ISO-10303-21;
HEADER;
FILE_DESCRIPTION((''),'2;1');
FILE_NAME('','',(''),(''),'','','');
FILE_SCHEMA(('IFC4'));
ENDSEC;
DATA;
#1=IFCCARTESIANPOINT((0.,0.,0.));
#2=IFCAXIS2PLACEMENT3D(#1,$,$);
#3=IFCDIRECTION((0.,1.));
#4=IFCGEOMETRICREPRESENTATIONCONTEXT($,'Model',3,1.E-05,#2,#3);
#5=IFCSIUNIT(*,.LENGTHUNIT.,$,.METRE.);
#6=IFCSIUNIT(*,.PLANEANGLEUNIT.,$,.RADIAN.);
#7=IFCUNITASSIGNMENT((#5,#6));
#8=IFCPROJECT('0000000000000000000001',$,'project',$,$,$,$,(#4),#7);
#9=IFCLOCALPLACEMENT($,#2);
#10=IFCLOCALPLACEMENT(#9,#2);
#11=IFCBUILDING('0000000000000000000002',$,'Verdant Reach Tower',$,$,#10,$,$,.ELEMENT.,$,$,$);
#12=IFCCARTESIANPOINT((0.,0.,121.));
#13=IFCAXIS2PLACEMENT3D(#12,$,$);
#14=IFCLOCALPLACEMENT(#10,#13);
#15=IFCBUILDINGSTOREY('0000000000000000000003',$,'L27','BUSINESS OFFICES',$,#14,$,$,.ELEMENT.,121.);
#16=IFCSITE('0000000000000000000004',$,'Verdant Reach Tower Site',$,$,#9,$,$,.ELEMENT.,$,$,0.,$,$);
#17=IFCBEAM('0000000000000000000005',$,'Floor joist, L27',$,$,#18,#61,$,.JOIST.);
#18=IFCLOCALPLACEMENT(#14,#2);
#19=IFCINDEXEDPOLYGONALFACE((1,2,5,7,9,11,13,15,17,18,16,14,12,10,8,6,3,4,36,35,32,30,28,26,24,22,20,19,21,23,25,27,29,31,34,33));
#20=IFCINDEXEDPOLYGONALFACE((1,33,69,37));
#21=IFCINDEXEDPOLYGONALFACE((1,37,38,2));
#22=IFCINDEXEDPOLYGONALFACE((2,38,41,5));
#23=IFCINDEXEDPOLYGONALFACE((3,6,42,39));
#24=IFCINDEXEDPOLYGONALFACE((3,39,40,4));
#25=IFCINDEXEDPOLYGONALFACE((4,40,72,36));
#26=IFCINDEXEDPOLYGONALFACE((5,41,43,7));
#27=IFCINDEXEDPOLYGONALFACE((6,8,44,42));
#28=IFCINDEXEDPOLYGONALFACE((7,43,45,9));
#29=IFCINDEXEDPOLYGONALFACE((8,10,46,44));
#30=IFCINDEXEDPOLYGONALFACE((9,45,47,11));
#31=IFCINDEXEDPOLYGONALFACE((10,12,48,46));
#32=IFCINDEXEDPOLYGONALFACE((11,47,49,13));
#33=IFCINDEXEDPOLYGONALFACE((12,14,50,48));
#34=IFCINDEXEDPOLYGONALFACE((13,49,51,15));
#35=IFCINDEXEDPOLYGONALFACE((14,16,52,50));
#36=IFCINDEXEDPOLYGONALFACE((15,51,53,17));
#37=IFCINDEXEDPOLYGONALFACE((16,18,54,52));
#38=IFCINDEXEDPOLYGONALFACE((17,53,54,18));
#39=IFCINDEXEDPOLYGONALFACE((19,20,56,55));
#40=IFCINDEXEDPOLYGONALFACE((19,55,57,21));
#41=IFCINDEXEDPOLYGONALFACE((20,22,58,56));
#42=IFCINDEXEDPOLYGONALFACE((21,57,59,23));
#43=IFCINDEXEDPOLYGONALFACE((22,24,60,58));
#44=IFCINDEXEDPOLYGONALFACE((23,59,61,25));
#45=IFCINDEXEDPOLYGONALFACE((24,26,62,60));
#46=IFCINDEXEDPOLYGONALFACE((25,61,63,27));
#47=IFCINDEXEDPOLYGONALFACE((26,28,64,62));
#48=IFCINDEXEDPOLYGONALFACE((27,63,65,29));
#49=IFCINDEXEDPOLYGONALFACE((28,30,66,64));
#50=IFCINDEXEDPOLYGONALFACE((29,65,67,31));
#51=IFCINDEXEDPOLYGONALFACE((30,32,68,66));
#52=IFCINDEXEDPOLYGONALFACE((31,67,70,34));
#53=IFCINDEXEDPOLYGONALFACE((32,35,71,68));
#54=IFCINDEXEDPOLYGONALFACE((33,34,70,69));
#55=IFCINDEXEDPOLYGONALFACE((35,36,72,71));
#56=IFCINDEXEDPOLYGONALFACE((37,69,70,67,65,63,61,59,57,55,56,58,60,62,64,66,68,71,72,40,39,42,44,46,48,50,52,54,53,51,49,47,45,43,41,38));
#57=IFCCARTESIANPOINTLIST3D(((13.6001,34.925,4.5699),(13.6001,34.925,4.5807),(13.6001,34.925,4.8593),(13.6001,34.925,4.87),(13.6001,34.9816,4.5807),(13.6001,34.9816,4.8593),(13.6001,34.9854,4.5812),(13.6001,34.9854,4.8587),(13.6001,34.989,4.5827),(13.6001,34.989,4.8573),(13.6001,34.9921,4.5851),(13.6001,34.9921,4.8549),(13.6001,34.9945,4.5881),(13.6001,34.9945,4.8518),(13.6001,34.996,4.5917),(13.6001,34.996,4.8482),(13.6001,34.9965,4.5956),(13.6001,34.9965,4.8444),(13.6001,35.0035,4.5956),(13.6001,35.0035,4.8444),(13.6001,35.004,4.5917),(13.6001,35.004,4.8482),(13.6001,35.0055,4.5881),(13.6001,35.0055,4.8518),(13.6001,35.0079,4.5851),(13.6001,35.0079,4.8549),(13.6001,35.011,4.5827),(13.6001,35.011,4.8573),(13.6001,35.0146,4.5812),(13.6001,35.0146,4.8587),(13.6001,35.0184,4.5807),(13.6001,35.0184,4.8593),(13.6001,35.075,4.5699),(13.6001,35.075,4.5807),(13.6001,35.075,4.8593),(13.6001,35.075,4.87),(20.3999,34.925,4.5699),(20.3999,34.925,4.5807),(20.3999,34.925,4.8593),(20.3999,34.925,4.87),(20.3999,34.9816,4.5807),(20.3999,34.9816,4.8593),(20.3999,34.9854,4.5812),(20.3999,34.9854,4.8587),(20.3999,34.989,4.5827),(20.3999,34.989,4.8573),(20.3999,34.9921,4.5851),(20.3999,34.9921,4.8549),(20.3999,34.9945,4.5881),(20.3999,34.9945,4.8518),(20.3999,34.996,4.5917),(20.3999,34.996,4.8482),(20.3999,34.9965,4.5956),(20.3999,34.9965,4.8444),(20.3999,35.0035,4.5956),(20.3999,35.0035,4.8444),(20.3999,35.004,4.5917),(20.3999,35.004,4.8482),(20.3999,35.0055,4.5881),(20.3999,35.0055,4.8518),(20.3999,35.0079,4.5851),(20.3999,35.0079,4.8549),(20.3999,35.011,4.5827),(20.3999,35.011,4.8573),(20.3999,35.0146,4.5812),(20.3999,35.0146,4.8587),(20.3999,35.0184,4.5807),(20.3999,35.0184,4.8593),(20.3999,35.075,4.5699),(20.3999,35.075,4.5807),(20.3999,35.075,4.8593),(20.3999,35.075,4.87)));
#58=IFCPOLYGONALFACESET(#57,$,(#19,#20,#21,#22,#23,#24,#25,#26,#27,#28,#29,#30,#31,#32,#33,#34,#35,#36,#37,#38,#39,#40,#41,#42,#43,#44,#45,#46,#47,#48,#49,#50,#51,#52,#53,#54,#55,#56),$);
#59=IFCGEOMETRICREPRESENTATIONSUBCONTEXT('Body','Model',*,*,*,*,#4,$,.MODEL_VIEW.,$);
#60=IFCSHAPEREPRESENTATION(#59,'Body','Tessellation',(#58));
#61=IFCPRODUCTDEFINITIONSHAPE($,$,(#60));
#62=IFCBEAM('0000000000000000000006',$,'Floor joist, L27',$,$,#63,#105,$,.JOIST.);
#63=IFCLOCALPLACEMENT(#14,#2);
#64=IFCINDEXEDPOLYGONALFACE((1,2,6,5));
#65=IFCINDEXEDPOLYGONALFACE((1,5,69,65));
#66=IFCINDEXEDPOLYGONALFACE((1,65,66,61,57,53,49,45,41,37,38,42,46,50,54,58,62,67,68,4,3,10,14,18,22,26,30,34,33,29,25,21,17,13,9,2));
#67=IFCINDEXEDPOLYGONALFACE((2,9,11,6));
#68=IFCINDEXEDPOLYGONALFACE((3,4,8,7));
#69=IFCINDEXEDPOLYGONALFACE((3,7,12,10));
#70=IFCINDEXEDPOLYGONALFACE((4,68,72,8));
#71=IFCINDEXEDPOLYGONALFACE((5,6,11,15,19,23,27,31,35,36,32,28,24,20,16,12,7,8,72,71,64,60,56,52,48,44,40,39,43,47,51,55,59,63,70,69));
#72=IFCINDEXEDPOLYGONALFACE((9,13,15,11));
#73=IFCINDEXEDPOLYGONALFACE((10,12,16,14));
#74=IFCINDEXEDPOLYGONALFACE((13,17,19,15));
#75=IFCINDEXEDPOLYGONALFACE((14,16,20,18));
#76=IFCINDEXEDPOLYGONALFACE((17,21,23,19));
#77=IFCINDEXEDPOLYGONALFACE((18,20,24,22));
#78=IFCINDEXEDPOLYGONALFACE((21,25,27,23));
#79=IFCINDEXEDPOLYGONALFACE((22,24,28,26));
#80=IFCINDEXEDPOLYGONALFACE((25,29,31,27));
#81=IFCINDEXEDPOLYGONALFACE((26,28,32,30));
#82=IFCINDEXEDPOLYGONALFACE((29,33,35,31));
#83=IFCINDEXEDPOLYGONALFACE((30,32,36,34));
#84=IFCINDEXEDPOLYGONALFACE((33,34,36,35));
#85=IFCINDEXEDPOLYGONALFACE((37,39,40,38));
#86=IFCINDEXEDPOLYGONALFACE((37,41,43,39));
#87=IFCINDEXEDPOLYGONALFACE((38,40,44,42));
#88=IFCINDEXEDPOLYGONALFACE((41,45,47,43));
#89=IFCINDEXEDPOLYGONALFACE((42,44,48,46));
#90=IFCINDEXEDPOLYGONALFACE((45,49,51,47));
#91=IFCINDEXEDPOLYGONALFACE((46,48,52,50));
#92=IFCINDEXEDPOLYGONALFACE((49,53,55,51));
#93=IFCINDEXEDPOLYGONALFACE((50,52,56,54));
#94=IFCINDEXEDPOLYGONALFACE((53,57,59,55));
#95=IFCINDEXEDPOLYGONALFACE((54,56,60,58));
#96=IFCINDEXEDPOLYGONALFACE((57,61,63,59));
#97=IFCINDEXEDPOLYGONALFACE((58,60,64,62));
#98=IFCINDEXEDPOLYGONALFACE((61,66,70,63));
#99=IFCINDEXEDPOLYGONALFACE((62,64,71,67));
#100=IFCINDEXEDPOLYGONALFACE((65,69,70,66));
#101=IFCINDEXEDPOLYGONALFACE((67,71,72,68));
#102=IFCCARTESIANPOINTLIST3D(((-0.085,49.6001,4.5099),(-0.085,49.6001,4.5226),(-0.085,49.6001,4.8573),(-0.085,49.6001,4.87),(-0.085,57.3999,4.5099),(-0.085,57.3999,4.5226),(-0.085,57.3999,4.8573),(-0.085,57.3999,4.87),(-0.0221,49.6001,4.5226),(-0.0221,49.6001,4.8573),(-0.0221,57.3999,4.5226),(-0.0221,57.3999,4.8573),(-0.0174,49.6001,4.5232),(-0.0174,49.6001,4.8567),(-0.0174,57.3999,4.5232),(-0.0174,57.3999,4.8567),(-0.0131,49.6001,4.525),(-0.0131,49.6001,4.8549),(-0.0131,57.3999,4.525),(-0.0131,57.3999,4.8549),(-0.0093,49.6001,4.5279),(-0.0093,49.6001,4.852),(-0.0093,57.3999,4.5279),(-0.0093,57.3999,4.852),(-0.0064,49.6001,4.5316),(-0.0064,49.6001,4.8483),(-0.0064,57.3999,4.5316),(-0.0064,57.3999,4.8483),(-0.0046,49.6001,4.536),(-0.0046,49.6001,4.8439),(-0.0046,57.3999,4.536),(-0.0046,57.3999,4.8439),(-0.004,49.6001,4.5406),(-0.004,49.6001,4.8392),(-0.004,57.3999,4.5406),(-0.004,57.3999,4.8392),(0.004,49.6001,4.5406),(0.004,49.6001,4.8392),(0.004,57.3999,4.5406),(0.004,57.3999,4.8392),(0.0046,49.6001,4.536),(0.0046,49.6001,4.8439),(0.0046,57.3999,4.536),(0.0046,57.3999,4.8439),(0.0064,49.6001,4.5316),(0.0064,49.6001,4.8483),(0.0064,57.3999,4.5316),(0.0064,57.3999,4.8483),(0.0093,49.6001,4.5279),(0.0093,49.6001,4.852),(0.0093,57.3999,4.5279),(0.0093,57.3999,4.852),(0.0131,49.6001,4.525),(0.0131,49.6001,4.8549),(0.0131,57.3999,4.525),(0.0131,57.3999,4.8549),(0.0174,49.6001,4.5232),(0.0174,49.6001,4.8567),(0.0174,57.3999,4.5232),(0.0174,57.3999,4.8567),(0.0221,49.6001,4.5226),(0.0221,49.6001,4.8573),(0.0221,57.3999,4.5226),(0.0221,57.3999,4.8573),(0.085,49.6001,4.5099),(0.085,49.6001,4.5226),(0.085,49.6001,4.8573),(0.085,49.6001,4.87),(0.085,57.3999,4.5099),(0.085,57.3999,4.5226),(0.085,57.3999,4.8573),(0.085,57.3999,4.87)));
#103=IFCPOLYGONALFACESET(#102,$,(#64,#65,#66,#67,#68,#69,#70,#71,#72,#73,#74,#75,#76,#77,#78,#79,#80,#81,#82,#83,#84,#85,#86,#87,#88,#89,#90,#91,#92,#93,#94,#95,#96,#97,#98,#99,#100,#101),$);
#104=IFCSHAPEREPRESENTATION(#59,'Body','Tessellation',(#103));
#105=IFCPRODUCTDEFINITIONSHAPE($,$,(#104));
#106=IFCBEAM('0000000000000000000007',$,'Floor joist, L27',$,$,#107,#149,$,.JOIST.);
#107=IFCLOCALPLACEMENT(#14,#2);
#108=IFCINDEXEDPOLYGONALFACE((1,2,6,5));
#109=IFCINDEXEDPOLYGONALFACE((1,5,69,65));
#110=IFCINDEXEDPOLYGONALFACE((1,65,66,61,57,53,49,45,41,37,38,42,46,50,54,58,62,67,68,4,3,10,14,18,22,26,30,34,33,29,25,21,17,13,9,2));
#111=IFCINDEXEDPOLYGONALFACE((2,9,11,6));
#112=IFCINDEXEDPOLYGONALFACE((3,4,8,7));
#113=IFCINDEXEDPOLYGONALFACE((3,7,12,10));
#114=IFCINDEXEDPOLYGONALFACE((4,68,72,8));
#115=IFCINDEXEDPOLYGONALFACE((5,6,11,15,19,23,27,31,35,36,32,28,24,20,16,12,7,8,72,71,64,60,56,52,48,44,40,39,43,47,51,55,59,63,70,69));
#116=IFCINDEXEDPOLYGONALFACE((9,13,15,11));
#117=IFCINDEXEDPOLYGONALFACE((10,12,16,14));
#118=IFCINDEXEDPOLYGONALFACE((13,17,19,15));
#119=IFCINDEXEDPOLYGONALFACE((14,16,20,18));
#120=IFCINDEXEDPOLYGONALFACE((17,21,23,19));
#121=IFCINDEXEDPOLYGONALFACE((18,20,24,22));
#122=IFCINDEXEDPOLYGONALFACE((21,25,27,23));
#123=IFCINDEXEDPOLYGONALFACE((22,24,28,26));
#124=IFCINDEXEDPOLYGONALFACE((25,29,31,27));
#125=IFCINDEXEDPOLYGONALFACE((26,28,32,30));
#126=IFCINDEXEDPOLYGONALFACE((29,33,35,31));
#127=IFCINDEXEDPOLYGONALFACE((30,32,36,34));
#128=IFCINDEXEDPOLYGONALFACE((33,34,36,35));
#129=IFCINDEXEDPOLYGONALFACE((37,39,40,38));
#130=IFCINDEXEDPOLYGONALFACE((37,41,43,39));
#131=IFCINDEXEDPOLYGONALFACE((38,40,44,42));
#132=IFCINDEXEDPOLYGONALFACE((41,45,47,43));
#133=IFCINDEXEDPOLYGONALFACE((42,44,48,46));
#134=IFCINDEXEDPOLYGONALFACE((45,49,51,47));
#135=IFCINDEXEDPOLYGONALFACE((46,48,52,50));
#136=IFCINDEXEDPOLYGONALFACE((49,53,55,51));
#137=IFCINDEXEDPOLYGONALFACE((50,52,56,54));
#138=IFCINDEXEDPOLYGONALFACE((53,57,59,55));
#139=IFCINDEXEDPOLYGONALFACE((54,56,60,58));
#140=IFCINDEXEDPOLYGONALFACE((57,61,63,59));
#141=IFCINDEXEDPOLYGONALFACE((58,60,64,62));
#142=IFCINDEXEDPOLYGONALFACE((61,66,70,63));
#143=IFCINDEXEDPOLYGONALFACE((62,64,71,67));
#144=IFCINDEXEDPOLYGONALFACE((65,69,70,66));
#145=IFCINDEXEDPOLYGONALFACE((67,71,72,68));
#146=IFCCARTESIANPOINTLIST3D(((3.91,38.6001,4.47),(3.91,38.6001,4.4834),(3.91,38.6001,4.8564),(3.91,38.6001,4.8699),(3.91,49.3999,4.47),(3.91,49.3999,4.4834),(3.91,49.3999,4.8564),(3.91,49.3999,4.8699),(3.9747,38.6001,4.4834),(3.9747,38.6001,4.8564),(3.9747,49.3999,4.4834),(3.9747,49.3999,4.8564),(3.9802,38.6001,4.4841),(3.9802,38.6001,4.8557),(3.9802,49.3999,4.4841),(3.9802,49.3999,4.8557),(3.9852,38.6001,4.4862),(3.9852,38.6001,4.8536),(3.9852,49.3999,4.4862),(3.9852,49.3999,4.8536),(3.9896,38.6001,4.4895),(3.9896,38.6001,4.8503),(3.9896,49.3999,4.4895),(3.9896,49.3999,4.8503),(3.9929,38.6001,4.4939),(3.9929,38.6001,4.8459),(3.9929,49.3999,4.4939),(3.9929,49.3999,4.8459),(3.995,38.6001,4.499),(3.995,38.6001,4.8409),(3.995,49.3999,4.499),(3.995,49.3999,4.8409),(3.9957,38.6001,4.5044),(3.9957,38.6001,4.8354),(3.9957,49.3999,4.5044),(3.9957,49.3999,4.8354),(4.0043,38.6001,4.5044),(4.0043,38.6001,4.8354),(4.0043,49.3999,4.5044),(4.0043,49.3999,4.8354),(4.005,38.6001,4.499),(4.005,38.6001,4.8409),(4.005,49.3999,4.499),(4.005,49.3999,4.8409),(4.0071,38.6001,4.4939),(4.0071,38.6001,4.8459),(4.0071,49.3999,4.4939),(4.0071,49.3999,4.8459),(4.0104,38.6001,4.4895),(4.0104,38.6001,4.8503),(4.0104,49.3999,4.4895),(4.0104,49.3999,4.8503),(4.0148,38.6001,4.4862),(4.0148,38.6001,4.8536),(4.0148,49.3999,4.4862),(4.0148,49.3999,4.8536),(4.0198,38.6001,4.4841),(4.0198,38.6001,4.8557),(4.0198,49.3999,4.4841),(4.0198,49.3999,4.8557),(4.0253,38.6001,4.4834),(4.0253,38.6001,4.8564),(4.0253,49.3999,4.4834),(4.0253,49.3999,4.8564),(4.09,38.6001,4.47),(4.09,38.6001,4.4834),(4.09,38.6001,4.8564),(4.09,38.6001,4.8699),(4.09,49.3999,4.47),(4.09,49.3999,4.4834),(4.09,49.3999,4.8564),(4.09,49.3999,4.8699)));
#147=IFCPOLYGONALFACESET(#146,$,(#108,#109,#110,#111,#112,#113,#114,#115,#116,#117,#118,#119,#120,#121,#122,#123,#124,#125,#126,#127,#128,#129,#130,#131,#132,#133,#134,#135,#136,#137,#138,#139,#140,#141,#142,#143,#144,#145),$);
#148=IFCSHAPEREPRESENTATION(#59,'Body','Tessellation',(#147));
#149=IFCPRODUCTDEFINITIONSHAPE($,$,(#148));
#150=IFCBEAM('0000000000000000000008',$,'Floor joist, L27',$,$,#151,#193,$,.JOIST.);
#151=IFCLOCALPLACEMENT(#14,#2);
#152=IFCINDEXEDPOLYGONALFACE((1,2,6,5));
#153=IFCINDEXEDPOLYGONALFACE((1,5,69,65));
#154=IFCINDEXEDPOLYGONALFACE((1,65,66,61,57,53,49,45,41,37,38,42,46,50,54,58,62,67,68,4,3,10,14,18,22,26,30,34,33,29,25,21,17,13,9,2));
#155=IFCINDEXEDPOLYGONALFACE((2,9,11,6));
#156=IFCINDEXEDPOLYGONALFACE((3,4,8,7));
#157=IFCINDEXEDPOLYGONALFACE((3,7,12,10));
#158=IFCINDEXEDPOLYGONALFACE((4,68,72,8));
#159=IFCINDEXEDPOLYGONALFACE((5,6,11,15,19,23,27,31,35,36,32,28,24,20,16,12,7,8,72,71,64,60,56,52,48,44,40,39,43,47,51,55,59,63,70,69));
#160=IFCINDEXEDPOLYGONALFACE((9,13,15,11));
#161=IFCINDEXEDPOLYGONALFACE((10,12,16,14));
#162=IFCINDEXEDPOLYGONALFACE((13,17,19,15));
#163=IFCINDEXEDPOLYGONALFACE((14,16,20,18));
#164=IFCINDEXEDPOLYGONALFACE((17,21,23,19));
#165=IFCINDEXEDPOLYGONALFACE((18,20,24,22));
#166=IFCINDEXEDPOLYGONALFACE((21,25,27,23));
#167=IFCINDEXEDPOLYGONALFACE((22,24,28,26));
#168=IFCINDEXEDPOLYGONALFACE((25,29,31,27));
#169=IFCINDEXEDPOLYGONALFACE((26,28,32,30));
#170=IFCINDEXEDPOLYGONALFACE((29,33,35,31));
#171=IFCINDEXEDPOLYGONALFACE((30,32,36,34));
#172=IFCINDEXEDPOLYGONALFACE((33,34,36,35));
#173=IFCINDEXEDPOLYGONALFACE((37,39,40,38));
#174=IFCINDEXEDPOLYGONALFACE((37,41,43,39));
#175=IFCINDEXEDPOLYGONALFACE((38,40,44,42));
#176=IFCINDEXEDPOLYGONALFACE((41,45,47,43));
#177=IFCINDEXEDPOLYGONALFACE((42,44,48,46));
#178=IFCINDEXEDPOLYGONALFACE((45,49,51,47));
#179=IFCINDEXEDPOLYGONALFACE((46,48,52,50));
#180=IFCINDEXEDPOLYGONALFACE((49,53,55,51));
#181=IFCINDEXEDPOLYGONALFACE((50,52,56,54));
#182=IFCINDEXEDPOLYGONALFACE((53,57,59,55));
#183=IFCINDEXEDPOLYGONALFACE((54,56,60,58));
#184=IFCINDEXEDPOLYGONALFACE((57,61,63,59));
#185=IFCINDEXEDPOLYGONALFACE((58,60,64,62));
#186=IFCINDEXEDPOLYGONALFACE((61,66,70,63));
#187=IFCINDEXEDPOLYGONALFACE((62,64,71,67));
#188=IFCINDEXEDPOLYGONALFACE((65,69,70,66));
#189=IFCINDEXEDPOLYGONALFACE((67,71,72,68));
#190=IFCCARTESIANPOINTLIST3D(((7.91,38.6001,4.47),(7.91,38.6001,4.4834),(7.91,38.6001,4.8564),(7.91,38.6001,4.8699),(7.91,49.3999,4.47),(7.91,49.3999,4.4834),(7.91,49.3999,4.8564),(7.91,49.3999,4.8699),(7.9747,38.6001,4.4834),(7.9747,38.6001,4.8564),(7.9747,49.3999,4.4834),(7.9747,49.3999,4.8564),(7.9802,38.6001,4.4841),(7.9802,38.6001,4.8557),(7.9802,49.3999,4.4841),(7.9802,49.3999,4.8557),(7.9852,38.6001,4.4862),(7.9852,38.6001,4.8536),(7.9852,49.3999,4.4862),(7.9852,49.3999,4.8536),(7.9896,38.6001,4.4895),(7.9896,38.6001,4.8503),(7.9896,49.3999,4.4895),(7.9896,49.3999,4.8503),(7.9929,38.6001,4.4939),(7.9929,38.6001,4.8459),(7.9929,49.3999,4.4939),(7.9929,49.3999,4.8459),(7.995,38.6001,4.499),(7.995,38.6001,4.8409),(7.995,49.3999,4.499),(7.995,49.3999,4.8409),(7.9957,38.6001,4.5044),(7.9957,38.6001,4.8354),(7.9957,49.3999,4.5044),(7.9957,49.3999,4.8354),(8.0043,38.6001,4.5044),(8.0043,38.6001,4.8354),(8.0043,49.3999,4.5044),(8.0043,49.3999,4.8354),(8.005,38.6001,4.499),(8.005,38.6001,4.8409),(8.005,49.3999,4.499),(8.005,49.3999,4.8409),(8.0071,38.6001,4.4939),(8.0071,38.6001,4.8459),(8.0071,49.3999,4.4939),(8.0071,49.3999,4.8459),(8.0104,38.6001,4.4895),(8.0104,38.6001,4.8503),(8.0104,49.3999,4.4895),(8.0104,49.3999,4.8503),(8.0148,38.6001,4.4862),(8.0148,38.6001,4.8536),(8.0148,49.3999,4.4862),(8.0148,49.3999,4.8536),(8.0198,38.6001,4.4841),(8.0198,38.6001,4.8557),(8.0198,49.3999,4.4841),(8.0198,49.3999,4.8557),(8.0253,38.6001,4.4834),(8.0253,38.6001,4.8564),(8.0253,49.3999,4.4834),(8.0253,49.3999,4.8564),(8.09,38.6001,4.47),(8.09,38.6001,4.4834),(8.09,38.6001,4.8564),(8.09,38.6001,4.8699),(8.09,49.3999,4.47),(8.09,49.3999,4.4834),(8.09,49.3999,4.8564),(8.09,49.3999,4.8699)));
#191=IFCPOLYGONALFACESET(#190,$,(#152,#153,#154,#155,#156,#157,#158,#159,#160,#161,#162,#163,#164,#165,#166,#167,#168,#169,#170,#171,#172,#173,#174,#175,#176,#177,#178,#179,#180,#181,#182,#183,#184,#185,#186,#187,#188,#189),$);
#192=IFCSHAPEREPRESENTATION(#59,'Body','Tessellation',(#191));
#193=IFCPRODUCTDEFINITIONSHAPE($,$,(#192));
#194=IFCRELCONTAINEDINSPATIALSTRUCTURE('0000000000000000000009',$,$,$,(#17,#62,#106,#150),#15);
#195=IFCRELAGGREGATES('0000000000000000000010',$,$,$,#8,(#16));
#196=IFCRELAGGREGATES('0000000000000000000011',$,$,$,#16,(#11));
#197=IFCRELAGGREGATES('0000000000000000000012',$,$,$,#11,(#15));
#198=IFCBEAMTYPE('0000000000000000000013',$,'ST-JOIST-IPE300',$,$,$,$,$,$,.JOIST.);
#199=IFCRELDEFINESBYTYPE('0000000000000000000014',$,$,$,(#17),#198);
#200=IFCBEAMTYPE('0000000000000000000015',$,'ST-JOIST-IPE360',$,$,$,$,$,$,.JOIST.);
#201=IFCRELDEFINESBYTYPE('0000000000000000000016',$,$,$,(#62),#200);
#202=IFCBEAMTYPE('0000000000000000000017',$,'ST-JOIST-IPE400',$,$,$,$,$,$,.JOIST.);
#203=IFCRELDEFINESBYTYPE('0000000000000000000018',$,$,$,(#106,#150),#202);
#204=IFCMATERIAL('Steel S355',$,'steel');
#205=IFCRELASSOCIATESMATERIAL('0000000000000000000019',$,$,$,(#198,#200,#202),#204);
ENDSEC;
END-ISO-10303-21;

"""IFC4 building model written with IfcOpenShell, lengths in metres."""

from ifc_helpers import new_model, si_unit, direction, frame, origin, origin_2d, place, context, subcontext, project, spatial, i_section, extrude, material, material_profile, profile_set, type_object, element, save


model = new_model("IFC4")

# Units and contexts
model_context = context("Model", 3, precision=1e-05, world=origin(), true_north=direction((0.0, 1.0)))
body_context = subcontext(model_context, "Body", "Model", "MODEL_VIEW")
ifc_project = project(units=[si_unit("LENGTHUNIT", "METRE"), si_unit("PLANEANGLEUNIT", "RADIAN")], contexts=[model_context])

# Site, building, storey
site_placement = place(None, origin())
site = spatial("IfcSite", under=ifc_project, at=site_placement, Name="Verdant Reach Tower Site", CompositionType="ELEMENT", RefElevation=0.0)
building_placement = place(site_placement, origin())
building = spatial("IfcBuilding", under=site, at=building_placement, Name="Verdant Reach Tower", CompositionType="ELEMENT")
storey_placement = place(building_placement, frame((0.0, 0.0, 121.0)))
storey = spatial("IfcBuildingStorey", under=building, at=storey_placement, Name="L27", Description="BUSINESS OFFICES", CompositionType="ELEMENT", Elevation=121.0)

# Beams
ifc_material_1 = material(Name="Steel S355", Category="steel")
ifc_material_profile_1 = material_profile(ifc_material_1, i_section(OverallWidth=0.1499, OverallDepth=0.3, WebThickness=0.0071, FlangeThickness=0.0107, FilletRadius=0.0149, at=origin_2d()), Name="IPE 300")
ifc_profile_set_1 = profile_set([ifc_material_profile_1], Name="Steel S355")
beam_type_1 = type_object("IfcBeamType", Name="ST-JOIST-IPE300", PredefinedType="JOIST", material=ifc_profile_set_1)
beam_1_placement = place(storey_placement, frame((13.6001, 35.0, 4.72), z_axis=(1.0, 0.0, 0.0), x_axis=(0.0, 1.0, 0.0)))
element("IfcBeam", 1, at=beam_1_placement, inside=storey, type_object=beam_type_1, Name="Floor joist, L27", PredefinedType="JOIST", context=body_context, shape_type="SweptSolid", body=[
    extrude(i_section(OverallWidth=0.1499, OverallDepth=0.3, WebThickness=0.0071, FlangeThickness=0.0107, FilletRadius=0.0149, at=origin_2d()), origin(), (0.0, 0.0, 1.0), 6.7998),
])
ifc_material_profile_2 = material_profile(ifc_material_1, i_section(OverallWidth=0.1699, OverallDepth=0.3601, WebThickness=0.0081, FlangeThickness=0.0127, FilletRadius=0.0181, at=origin_2d()), Name="IPE 360")
ifc_profile_set_2 = profile_set([ifc_material_profile_2], Name="Steel S355")
beam_type_2 = type_object("IfcBeamType", Name="ST-JOIST-IPE360", PredefinedType="JOIST", material=ifc_profile_set_2)
beam_2_placement = place(storey_placement, frame((0.0, 49.6001, 4.6899), z_axis=(0.0, 1.0, 0.0), x_axis=(-1.0, 0.0, 0.0)))
element("IfcBeam", 2, at=beam_2_placement, inside=storey, type_object=beam_type_2, Name="Floor joist, L27", PredefinedType="JOIST", context=body_context, shape_type="SweptSolid", body=[
    extrude(i_section(OverallWidth=0.1699, OverallDepth=0.3601, WebThickness=0.0081, FlangeThickness=0.0127, FilletRadius=0.0181, at=origin_2d()), origin(), (0.0, 0.0, 1.0), 7.7998),
])
ifc_material_profile_3 = material_profile(ifc_material_1, i_section(OverallWidth=0.1799, OverallDepth=0.3999, WebThickness=0.0085, FlangeThickness=0.0134, FilletRadius=0.021, at=origin_2d()), Name="IPE 400")
ifc_profile_set_3 = profile_set([ifc_material_profile_3], Name="Steel S355")
beam_type_3 = type_object("IfcBeamType", Name="ST-JOIST-IPE400", PredefinedType="JOIST", material=ifc_profile_set_3)
for number, where, z_axis, x_axis, name in (
    (3, (4.0, 38.6001, 4.6699), (0.0, 1.0, 0.0), (-1.0, 0.0, 0.0), "Floor joist, L27"),
    (4, (8.0, 38.6001, 4.6699), (0.0, 1.0, 0.0), (-1.0, 0.0, 0.0), "Floor joist, L27"),
):
    element("IfcBeam", number, at=place(storey_placement, frame(where, z_axis=z_axis, x_axis=x_axis)), inside=storey, type_object=beam_type_3, Name=name, PredefinedType="JOIST", context=body_context, shape_type="SweptSolid", body=[
        extrude(i_section(OverallWidth=0.1799, OverallDepth=0.3999, WebThickness=0.0085, FlangeThickness=0.0134, FilletRadius=0.021, at=origin_2d()), origin(), (0.0, 0.0, 1.0), 10.7998),
    ])

save(model, "model.ifc")
